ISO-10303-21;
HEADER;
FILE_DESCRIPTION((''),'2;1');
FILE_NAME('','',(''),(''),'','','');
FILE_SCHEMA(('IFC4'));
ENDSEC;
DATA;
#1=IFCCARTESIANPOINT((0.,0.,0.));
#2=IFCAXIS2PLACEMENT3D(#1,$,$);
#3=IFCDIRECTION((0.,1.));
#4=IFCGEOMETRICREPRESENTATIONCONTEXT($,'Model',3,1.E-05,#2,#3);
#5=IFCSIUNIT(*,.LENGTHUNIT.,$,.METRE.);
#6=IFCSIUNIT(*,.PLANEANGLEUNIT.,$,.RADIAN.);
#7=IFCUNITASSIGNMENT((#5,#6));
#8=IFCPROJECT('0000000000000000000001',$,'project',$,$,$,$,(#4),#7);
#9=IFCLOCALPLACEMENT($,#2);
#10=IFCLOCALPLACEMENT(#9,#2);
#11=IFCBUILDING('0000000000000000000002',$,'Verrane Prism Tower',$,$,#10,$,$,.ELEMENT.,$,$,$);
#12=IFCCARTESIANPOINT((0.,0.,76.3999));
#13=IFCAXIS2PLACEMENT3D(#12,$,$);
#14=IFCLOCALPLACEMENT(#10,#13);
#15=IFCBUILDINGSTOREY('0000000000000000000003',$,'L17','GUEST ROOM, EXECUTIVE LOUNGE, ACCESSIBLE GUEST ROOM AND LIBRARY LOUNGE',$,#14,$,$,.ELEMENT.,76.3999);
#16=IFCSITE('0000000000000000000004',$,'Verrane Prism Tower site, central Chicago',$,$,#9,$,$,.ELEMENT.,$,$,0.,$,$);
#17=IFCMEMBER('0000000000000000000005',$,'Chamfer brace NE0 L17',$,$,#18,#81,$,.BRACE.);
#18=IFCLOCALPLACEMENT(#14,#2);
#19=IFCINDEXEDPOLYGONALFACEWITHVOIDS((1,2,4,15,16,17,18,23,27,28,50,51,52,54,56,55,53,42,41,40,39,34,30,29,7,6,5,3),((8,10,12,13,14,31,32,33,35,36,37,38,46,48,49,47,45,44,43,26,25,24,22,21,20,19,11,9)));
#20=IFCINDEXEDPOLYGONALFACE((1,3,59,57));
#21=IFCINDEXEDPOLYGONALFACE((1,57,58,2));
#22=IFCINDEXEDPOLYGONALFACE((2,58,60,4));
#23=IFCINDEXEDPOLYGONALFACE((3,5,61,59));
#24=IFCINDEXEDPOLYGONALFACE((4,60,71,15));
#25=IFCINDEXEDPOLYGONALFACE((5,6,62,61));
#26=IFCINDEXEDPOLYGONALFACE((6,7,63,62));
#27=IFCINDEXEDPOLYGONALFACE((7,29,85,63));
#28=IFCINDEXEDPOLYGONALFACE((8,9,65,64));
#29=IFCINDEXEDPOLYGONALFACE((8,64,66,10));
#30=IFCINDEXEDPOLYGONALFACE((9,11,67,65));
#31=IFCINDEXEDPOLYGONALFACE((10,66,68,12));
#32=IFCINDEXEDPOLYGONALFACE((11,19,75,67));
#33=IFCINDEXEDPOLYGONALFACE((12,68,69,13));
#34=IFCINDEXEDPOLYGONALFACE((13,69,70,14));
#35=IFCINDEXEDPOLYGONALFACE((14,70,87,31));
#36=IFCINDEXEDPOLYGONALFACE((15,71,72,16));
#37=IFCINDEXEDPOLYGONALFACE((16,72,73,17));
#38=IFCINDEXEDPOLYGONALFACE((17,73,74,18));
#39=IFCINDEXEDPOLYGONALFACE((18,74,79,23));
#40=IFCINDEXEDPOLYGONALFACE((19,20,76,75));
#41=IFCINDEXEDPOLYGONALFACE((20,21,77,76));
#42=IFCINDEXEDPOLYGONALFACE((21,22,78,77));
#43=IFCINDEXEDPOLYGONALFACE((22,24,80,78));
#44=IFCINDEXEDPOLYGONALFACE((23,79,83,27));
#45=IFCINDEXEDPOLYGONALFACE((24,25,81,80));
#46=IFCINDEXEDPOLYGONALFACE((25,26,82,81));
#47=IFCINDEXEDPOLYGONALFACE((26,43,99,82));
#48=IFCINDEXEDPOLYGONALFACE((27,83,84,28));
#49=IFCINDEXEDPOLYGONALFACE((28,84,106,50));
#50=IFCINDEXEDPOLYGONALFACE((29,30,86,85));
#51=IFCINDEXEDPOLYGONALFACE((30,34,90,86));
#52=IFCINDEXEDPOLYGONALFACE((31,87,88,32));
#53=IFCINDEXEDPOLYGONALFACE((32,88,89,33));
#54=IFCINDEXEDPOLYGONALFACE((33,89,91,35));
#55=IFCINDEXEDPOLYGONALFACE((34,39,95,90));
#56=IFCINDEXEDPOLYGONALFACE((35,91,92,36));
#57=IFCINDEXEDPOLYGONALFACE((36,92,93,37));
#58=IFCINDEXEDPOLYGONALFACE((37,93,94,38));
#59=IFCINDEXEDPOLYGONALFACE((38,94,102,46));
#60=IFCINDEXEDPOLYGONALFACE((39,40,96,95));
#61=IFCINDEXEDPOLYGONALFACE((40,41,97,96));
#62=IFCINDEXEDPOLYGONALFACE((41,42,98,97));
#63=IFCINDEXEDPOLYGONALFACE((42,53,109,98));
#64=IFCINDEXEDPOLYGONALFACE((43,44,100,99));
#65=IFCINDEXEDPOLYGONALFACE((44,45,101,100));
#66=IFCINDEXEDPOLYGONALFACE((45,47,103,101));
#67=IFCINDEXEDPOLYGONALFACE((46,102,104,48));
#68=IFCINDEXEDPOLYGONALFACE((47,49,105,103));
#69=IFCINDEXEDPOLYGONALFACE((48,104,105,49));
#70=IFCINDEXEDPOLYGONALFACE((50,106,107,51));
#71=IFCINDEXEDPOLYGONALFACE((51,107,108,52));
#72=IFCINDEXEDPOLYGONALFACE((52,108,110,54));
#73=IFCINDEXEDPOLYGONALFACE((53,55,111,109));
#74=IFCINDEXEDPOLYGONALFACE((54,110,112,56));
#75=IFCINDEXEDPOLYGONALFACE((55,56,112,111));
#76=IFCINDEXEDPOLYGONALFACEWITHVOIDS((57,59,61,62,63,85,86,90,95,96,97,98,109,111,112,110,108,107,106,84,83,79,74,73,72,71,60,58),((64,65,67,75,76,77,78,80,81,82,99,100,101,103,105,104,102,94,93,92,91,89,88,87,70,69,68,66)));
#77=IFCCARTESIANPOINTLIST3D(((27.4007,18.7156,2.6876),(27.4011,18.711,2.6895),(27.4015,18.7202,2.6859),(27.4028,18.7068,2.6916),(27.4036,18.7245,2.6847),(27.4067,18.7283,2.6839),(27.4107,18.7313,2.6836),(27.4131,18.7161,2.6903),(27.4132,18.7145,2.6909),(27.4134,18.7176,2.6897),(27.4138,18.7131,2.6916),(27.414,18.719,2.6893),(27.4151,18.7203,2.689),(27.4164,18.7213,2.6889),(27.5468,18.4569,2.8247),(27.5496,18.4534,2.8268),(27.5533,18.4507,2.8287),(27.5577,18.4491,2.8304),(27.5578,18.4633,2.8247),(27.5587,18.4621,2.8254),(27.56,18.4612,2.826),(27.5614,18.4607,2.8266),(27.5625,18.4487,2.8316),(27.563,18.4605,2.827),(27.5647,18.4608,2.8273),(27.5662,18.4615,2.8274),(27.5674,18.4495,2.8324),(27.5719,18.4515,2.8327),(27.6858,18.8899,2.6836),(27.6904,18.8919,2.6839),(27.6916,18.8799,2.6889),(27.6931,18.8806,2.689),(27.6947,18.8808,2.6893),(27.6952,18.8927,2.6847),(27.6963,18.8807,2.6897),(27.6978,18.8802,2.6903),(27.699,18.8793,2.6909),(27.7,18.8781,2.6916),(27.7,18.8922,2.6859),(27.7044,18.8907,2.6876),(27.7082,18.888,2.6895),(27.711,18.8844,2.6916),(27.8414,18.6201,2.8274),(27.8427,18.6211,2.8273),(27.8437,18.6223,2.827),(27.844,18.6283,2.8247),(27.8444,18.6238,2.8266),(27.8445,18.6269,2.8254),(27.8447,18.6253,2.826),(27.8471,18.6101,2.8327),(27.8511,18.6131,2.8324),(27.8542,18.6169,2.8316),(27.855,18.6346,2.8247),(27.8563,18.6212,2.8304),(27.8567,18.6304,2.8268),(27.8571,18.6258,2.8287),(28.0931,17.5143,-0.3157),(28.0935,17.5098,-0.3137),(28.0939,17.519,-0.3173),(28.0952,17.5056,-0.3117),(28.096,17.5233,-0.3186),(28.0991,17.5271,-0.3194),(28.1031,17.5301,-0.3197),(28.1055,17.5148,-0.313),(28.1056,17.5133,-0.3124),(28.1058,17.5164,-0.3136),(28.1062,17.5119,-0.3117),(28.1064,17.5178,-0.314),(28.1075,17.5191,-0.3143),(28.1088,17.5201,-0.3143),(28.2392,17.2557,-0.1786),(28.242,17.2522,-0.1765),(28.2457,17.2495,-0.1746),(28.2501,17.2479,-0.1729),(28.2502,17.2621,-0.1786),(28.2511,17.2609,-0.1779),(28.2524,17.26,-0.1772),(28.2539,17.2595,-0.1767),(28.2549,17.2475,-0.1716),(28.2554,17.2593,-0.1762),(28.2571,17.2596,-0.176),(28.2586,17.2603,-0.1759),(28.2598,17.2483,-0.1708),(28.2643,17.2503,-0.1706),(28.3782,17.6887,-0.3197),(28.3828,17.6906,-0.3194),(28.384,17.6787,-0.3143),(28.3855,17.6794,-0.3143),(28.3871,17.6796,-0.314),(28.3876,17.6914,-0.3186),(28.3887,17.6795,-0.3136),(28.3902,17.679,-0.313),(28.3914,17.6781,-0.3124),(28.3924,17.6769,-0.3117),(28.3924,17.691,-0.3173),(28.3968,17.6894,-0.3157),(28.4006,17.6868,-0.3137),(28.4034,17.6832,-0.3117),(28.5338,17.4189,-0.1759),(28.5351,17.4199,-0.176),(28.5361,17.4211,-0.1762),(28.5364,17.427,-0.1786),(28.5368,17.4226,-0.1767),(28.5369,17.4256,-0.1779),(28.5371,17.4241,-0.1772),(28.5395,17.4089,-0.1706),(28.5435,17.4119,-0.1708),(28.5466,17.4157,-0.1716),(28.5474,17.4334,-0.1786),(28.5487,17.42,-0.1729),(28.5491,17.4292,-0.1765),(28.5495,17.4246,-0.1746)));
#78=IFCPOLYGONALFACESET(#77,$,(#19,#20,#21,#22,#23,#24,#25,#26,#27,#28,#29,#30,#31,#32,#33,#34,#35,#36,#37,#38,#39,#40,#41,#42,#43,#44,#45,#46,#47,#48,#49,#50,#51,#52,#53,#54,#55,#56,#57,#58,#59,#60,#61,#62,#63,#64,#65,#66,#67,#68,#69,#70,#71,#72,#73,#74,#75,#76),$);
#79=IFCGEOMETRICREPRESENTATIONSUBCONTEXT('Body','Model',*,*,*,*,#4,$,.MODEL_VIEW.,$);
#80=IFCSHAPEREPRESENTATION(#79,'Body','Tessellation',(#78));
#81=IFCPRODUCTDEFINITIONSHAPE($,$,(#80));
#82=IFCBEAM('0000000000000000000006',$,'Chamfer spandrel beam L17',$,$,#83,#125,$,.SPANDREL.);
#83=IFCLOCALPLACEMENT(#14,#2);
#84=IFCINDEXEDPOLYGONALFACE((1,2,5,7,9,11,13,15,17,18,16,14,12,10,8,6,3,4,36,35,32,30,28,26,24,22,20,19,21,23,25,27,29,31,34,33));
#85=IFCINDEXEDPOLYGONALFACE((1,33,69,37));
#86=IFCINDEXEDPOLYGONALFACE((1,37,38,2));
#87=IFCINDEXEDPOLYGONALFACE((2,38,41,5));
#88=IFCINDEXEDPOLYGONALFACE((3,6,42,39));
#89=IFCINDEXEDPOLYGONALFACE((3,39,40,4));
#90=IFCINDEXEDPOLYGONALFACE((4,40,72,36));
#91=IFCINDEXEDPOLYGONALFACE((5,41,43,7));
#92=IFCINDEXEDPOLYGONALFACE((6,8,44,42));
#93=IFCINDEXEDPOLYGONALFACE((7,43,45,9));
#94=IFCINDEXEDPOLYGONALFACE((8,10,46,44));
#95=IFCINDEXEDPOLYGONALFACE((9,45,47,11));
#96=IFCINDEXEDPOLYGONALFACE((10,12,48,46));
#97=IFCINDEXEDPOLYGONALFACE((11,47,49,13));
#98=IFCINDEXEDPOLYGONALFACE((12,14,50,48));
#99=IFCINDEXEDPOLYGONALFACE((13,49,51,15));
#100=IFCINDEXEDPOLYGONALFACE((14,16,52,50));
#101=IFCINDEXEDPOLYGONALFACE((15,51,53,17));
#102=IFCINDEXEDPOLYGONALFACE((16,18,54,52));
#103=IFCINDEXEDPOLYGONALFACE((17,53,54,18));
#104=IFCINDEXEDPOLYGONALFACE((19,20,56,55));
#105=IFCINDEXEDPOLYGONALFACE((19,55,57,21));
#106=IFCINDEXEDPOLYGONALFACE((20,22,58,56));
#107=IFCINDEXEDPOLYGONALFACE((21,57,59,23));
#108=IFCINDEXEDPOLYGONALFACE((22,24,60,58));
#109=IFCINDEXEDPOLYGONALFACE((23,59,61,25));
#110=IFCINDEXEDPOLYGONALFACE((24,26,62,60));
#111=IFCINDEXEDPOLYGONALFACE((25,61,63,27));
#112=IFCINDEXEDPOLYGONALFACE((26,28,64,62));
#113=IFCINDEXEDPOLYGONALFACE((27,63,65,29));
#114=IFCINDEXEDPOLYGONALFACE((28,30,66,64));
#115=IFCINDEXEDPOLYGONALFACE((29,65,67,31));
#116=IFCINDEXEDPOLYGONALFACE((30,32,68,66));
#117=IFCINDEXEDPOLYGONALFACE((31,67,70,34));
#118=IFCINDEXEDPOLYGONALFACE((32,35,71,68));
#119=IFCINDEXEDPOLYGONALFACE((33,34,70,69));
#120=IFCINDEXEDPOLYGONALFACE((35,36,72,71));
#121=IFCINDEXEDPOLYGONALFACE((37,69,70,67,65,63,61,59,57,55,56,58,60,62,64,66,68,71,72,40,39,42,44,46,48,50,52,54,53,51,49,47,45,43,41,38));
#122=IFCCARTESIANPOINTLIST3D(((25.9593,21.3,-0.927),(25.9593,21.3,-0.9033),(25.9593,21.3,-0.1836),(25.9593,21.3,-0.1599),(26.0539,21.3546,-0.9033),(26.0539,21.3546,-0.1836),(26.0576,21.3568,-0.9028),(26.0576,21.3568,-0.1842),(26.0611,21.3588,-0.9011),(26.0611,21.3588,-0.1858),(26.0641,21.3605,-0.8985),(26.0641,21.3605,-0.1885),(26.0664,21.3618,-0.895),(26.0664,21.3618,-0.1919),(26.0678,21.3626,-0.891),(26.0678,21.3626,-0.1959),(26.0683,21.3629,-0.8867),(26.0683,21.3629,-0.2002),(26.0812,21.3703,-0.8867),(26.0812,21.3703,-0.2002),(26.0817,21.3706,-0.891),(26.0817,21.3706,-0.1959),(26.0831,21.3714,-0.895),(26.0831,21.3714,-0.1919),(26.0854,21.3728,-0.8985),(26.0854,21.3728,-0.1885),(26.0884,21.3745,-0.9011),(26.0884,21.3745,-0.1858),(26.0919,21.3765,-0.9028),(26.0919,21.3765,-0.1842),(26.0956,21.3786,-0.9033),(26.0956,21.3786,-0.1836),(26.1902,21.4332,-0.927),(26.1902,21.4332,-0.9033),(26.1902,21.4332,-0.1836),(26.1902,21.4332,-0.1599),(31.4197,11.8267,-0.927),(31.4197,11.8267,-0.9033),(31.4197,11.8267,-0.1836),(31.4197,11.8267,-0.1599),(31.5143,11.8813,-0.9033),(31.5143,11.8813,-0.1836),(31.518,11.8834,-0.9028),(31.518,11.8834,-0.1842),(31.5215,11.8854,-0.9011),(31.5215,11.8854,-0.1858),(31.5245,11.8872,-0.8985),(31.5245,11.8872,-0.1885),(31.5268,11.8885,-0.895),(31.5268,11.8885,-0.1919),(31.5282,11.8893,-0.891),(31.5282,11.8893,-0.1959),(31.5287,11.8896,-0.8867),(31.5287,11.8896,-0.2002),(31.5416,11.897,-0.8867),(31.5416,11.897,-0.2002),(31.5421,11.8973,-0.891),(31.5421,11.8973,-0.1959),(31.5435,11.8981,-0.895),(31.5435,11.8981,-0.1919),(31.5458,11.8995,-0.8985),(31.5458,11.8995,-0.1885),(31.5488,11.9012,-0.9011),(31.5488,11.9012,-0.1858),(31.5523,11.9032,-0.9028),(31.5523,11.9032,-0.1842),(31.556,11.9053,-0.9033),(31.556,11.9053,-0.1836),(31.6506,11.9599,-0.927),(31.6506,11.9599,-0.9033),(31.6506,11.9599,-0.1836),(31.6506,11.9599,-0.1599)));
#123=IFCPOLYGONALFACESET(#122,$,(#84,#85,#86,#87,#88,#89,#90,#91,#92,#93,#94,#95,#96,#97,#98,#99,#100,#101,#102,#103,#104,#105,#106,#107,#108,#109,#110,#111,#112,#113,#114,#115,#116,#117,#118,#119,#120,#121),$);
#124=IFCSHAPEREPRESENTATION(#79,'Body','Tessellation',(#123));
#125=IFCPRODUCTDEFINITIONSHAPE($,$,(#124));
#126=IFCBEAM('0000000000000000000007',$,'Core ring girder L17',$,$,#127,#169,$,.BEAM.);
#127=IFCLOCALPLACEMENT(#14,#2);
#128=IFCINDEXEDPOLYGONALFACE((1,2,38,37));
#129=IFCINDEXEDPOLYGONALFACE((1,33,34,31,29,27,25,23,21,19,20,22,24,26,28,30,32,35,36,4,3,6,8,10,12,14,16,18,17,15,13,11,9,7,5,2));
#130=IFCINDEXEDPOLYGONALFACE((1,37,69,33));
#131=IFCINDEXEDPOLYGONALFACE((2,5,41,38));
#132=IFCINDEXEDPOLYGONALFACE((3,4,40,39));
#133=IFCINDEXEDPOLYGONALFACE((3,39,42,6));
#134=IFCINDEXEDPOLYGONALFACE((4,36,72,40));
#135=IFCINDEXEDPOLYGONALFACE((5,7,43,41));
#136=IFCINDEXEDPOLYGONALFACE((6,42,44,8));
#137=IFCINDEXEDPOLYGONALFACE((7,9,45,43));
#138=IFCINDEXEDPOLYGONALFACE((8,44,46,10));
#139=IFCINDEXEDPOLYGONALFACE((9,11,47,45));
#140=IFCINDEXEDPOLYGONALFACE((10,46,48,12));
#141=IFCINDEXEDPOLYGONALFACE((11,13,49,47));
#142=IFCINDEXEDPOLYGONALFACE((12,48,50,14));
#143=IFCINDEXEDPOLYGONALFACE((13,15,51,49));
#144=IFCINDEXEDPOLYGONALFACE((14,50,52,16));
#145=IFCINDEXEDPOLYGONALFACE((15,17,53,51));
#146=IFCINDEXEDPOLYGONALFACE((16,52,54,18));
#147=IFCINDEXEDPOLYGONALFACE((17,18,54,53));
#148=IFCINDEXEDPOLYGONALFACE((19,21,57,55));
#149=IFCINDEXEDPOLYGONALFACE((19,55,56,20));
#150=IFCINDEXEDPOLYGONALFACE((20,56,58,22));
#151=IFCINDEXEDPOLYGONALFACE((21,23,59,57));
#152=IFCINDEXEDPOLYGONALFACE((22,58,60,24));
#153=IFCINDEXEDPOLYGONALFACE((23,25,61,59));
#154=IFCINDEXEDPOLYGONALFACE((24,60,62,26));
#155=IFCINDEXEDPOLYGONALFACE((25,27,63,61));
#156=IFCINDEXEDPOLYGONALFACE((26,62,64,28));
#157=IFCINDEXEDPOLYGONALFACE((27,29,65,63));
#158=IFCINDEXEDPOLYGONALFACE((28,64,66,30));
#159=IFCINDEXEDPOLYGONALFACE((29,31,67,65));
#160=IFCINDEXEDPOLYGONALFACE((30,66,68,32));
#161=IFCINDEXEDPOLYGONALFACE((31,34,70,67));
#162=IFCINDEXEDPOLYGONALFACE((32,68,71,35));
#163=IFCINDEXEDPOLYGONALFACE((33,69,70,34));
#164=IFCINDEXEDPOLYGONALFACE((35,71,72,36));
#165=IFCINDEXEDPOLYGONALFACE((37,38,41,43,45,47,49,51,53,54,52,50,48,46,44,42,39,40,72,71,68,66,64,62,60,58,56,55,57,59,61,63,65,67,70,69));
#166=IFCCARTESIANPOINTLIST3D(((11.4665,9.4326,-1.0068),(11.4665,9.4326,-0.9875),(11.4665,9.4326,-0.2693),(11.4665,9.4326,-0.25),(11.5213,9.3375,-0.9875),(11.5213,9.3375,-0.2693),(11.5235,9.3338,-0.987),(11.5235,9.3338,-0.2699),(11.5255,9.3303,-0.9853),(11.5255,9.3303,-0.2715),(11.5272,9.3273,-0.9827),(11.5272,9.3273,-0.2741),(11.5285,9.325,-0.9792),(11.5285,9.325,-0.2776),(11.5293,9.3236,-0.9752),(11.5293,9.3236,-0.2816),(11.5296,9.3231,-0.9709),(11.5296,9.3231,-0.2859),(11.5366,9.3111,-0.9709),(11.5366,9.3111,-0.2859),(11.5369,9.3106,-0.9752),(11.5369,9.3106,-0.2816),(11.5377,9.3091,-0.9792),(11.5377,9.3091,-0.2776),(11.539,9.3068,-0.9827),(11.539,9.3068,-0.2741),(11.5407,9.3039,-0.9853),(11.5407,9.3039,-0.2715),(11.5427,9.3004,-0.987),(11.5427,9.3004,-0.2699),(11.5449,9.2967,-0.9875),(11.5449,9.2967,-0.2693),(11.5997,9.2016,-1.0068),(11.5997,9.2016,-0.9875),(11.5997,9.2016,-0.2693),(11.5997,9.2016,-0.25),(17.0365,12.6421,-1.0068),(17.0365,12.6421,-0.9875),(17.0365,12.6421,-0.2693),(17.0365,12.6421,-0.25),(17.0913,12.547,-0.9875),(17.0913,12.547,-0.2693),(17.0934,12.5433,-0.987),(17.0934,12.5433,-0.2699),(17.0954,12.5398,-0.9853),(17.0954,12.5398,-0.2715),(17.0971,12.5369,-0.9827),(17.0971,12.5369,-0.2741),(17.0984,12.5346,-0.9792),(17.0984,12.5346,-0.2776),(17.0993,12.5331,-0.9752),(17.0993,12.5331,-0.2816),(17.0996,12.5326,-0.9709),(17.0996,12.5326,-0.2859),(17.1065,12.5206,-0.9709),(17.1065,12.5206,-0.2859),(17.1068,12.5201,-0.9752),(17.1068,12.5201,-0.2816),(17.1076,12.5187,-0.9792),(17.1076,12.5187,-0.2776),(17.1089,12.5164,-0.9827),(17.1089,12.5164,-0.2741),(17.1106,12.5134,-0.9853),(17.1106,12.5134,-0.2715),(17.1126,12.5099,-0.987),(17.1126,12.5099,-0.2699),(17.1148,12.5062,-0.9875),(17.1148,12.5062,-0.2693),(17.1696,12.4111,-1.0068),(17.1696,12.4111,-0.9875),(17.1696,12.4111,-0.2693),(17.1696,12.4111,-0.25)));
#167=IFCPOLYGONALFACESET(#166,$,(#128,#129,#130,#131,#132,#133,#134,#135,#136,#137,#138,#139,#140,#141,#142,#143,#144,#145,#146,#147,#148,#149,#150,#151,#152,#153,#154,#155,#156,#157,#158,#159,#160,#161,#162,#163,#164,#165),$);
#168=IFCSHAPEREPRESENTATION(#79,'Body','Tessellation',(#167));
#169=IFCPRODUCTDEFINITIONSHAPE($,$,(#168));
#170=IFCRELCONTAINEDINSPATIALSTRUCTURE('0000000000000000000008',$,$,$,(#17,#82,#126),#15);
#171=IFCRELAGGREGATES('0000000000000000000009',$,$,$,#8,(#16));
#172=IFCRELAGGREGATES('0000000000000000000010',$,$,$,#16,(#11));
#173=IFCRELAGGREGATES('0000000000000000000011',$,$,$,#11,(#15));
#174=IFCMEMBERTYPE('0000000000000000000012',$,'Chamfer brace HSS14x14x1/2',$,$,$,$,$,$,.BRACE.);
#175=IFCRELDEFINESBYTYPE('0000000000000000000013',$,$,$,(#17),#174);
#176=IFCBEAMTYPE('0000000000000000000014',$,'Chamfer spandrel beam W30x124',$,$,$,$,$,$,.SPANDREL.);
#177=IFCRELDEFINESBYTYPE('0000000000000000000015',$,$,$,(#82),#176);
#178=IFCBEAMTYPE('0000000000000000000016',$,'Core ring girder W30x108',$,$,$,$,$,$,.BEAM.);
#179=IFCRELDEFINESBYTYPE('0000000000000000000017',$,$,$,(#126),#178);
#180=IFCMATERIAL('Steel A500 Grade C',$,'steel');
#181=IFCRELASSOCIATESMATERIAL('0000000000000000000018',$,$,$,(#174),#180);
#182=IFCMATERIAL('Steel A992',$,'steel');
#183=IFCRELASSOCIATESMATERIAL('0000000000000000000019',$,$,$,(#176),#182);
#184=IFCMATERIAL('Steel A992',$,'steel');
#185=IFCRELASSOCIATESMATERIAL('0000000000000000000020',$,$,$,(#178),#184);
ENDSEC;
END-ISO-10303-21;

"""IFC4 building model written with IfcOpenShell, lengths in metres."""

from ifc_helpers import new_model, si_unit, direction, frame, origin, origin_2d, place, context, subcontext, project, spatial, hollow_rectangle, i_section, extrude, material, material_profile, profile_set, type_object, element, save


model = new_model("IFC4")

# Units and contexts
model_context = context("Model", 3, precision=1e-05, world=origin(), true_north=direction((0.0, 1.0)))
body_context = subcontext(model_context, "Body", "Model", "MODEL_VIEW")
ifc_project = project(units=[si_unit("LENGTHUNIT", "METRE"), si_unit("PLANEANGLEUNIT", "RADIAN")], contexts=[model_context])

# Site, building, storey
site_placement = place(None, origin())
site = spatial("IfcSite", under=ifc_project, at=site_placement, Name="Verrane Prism Tower site, central Chicago", CompositionType="ELEMENT", RefElevation=0.0)
building_placement = place(site_placement, origin())
building = spatial("IfcBuilding", under=site, at=building_placement, Name="Verrane Prism Tower", CompositionType="ELEMENT")
storey_placement = place(building_placement, frame((0.0, 0.0, 76.3999)))
storey = spatial("IfcBuildingStorey", under=building, at=storey_placement, Name="L17", Description="GUEST ROOM, EXECUTIVE LOUNGE, ACCESSIBLE GUEST ROOM AND LIBRARY LOUNGE", CompositionType="ELEMENT", Elevation=76.3999)

# Member
ifc_material_1 = material(Name="Steel A500 Grade C", Category="steel")
ifc_material_profile_1 = material_profile(ifc_material_1, hollow_rectangle(XDim=0.3557, YDim=0.3557, WallThickness=0.0127, InnerFilletRadius=0.0063, OuterFilletRadius=0.019, at=origin_2d()), Name="HSS14x14x1/2")
ifc_profile_set_1 = profile_set([ifc_material_profile_1], Name="Steel A500 Grade C")
member_type_1 = type_object("IfcMemberType", Name="Chamfer brace HSS14x14x1/2", PredefinedType="BRACE", material=ifc_profile_set_1)
member_1_placement = place(storey_placement, frame((28.3213, 17.4695, -0.2451), z_axis=(-0.209321, 0.363138, 0.907918), x_axis=(-0.866373, -0.499397, 0.0)))
element("IfcMember", 1, at=member_1_placement, inside=storey, type_object=member_type_1, Name="Chamfer brace NE0 L17", PredefinedType="BRACE", context=body_context, shape_type="SweptSolid", body=[
    extrude(hollow_rectangle(XDim=0.3557, YDim=0.3557, WallThickness=0.0127, InnerFilletRadius=0.0063, OuterFilletRadius=0.019, at=origin_2d()), origin(), (0.0, 0.0, 1.0), 3.3079),
])

# Beams
ifc_material_2 = material(Name="Steel A992", Category="steel")
ifc_material_profile_2 = material_profile(ifc_material_2, i_section(OverallWidth=0.2666, OverallDepth=0.7671, WebThickness=0.0149, FlangeThickness=0.0237, FilletRadius=0.0166, at=origin_2d()), Name="W30x124")
ifc_profile_set_2 = profile_set([ifc_material_profile_2], Name="Steel A992")
beam_type_1 = type_object("IfcBeamType", Name="Chamfer spandrel beam W30x124", PredefinedType="SPANDREL", material=ifc_profile_set_2)
beam_1_placement = place(storey_placement, frame((31.5352, 11.8933, -0.5435), z_axis=(-0.499382, 0.866382, 0.0), x_axis=(-0.866382, -0.499382, 0.0)))
element("IfcBeam", 2, at=beam_1_placement, inside=storey, type_object=beam_type_1, Name="Chamfer spandrel beam L17", PredefinedType="SPANDREL", context=body_context, shape_type="SweptSolid", body=[
    extrude(i_section(OverallWidth=0.2666, OverallDepth=0.7671, WebThickness=0.0149, FlangeThickness=0.0237, FilletRadius=0.0166, at=origin_2d()), origin(), (0.0, 0.0, 1.0), 10.9343),
])
ifc_material_3 = material(Name="Steel A992", Category="steel")
ifc_material_profile_3 = material_profile(ifc_material_3, i_section(OverallWidth=0.2666, OverallDepth=0.7568, WebThickness=0.0139, FlangeThickness=0.0193, FilletRadius=0.0166, at=origin_2d()), Name="W30x108")
ifc_profile_set_3 = profile_set([ifc_material_profile_3], Name="Steel A992")
beam_type_2 = type_object("IfcBeamType", Name="Core ring girder W30x108", PredefinedType="BEAM", material=ifc_profile_set_3)
beam_2_placement = place(storey_placement, frame((17.103, 12.5266, -0.6284), z_axis=(-0.866447, -0.499269, 0.0), x_axis=(0.499269, -0.866447, 0.0)))
element("IfcBeam", 3, at=beam_2_placement, inside=storey, type_object=beam_type_2, Name="Core ring girder L17", PredefinedType="BEAM", context=body_context, shape_type="SweptSolid", body=[
    extrude(i_section(OverallWidth=0.2666, OverallDepth=0.7568, WebThickness=0.0139, FlangeThickness=0.0193, FilletRadius=0.0166, at=origin_2d()), origin(), (0.0, 0.0, 1.0), 6.4285),
])

save(model, "model.ifc")
